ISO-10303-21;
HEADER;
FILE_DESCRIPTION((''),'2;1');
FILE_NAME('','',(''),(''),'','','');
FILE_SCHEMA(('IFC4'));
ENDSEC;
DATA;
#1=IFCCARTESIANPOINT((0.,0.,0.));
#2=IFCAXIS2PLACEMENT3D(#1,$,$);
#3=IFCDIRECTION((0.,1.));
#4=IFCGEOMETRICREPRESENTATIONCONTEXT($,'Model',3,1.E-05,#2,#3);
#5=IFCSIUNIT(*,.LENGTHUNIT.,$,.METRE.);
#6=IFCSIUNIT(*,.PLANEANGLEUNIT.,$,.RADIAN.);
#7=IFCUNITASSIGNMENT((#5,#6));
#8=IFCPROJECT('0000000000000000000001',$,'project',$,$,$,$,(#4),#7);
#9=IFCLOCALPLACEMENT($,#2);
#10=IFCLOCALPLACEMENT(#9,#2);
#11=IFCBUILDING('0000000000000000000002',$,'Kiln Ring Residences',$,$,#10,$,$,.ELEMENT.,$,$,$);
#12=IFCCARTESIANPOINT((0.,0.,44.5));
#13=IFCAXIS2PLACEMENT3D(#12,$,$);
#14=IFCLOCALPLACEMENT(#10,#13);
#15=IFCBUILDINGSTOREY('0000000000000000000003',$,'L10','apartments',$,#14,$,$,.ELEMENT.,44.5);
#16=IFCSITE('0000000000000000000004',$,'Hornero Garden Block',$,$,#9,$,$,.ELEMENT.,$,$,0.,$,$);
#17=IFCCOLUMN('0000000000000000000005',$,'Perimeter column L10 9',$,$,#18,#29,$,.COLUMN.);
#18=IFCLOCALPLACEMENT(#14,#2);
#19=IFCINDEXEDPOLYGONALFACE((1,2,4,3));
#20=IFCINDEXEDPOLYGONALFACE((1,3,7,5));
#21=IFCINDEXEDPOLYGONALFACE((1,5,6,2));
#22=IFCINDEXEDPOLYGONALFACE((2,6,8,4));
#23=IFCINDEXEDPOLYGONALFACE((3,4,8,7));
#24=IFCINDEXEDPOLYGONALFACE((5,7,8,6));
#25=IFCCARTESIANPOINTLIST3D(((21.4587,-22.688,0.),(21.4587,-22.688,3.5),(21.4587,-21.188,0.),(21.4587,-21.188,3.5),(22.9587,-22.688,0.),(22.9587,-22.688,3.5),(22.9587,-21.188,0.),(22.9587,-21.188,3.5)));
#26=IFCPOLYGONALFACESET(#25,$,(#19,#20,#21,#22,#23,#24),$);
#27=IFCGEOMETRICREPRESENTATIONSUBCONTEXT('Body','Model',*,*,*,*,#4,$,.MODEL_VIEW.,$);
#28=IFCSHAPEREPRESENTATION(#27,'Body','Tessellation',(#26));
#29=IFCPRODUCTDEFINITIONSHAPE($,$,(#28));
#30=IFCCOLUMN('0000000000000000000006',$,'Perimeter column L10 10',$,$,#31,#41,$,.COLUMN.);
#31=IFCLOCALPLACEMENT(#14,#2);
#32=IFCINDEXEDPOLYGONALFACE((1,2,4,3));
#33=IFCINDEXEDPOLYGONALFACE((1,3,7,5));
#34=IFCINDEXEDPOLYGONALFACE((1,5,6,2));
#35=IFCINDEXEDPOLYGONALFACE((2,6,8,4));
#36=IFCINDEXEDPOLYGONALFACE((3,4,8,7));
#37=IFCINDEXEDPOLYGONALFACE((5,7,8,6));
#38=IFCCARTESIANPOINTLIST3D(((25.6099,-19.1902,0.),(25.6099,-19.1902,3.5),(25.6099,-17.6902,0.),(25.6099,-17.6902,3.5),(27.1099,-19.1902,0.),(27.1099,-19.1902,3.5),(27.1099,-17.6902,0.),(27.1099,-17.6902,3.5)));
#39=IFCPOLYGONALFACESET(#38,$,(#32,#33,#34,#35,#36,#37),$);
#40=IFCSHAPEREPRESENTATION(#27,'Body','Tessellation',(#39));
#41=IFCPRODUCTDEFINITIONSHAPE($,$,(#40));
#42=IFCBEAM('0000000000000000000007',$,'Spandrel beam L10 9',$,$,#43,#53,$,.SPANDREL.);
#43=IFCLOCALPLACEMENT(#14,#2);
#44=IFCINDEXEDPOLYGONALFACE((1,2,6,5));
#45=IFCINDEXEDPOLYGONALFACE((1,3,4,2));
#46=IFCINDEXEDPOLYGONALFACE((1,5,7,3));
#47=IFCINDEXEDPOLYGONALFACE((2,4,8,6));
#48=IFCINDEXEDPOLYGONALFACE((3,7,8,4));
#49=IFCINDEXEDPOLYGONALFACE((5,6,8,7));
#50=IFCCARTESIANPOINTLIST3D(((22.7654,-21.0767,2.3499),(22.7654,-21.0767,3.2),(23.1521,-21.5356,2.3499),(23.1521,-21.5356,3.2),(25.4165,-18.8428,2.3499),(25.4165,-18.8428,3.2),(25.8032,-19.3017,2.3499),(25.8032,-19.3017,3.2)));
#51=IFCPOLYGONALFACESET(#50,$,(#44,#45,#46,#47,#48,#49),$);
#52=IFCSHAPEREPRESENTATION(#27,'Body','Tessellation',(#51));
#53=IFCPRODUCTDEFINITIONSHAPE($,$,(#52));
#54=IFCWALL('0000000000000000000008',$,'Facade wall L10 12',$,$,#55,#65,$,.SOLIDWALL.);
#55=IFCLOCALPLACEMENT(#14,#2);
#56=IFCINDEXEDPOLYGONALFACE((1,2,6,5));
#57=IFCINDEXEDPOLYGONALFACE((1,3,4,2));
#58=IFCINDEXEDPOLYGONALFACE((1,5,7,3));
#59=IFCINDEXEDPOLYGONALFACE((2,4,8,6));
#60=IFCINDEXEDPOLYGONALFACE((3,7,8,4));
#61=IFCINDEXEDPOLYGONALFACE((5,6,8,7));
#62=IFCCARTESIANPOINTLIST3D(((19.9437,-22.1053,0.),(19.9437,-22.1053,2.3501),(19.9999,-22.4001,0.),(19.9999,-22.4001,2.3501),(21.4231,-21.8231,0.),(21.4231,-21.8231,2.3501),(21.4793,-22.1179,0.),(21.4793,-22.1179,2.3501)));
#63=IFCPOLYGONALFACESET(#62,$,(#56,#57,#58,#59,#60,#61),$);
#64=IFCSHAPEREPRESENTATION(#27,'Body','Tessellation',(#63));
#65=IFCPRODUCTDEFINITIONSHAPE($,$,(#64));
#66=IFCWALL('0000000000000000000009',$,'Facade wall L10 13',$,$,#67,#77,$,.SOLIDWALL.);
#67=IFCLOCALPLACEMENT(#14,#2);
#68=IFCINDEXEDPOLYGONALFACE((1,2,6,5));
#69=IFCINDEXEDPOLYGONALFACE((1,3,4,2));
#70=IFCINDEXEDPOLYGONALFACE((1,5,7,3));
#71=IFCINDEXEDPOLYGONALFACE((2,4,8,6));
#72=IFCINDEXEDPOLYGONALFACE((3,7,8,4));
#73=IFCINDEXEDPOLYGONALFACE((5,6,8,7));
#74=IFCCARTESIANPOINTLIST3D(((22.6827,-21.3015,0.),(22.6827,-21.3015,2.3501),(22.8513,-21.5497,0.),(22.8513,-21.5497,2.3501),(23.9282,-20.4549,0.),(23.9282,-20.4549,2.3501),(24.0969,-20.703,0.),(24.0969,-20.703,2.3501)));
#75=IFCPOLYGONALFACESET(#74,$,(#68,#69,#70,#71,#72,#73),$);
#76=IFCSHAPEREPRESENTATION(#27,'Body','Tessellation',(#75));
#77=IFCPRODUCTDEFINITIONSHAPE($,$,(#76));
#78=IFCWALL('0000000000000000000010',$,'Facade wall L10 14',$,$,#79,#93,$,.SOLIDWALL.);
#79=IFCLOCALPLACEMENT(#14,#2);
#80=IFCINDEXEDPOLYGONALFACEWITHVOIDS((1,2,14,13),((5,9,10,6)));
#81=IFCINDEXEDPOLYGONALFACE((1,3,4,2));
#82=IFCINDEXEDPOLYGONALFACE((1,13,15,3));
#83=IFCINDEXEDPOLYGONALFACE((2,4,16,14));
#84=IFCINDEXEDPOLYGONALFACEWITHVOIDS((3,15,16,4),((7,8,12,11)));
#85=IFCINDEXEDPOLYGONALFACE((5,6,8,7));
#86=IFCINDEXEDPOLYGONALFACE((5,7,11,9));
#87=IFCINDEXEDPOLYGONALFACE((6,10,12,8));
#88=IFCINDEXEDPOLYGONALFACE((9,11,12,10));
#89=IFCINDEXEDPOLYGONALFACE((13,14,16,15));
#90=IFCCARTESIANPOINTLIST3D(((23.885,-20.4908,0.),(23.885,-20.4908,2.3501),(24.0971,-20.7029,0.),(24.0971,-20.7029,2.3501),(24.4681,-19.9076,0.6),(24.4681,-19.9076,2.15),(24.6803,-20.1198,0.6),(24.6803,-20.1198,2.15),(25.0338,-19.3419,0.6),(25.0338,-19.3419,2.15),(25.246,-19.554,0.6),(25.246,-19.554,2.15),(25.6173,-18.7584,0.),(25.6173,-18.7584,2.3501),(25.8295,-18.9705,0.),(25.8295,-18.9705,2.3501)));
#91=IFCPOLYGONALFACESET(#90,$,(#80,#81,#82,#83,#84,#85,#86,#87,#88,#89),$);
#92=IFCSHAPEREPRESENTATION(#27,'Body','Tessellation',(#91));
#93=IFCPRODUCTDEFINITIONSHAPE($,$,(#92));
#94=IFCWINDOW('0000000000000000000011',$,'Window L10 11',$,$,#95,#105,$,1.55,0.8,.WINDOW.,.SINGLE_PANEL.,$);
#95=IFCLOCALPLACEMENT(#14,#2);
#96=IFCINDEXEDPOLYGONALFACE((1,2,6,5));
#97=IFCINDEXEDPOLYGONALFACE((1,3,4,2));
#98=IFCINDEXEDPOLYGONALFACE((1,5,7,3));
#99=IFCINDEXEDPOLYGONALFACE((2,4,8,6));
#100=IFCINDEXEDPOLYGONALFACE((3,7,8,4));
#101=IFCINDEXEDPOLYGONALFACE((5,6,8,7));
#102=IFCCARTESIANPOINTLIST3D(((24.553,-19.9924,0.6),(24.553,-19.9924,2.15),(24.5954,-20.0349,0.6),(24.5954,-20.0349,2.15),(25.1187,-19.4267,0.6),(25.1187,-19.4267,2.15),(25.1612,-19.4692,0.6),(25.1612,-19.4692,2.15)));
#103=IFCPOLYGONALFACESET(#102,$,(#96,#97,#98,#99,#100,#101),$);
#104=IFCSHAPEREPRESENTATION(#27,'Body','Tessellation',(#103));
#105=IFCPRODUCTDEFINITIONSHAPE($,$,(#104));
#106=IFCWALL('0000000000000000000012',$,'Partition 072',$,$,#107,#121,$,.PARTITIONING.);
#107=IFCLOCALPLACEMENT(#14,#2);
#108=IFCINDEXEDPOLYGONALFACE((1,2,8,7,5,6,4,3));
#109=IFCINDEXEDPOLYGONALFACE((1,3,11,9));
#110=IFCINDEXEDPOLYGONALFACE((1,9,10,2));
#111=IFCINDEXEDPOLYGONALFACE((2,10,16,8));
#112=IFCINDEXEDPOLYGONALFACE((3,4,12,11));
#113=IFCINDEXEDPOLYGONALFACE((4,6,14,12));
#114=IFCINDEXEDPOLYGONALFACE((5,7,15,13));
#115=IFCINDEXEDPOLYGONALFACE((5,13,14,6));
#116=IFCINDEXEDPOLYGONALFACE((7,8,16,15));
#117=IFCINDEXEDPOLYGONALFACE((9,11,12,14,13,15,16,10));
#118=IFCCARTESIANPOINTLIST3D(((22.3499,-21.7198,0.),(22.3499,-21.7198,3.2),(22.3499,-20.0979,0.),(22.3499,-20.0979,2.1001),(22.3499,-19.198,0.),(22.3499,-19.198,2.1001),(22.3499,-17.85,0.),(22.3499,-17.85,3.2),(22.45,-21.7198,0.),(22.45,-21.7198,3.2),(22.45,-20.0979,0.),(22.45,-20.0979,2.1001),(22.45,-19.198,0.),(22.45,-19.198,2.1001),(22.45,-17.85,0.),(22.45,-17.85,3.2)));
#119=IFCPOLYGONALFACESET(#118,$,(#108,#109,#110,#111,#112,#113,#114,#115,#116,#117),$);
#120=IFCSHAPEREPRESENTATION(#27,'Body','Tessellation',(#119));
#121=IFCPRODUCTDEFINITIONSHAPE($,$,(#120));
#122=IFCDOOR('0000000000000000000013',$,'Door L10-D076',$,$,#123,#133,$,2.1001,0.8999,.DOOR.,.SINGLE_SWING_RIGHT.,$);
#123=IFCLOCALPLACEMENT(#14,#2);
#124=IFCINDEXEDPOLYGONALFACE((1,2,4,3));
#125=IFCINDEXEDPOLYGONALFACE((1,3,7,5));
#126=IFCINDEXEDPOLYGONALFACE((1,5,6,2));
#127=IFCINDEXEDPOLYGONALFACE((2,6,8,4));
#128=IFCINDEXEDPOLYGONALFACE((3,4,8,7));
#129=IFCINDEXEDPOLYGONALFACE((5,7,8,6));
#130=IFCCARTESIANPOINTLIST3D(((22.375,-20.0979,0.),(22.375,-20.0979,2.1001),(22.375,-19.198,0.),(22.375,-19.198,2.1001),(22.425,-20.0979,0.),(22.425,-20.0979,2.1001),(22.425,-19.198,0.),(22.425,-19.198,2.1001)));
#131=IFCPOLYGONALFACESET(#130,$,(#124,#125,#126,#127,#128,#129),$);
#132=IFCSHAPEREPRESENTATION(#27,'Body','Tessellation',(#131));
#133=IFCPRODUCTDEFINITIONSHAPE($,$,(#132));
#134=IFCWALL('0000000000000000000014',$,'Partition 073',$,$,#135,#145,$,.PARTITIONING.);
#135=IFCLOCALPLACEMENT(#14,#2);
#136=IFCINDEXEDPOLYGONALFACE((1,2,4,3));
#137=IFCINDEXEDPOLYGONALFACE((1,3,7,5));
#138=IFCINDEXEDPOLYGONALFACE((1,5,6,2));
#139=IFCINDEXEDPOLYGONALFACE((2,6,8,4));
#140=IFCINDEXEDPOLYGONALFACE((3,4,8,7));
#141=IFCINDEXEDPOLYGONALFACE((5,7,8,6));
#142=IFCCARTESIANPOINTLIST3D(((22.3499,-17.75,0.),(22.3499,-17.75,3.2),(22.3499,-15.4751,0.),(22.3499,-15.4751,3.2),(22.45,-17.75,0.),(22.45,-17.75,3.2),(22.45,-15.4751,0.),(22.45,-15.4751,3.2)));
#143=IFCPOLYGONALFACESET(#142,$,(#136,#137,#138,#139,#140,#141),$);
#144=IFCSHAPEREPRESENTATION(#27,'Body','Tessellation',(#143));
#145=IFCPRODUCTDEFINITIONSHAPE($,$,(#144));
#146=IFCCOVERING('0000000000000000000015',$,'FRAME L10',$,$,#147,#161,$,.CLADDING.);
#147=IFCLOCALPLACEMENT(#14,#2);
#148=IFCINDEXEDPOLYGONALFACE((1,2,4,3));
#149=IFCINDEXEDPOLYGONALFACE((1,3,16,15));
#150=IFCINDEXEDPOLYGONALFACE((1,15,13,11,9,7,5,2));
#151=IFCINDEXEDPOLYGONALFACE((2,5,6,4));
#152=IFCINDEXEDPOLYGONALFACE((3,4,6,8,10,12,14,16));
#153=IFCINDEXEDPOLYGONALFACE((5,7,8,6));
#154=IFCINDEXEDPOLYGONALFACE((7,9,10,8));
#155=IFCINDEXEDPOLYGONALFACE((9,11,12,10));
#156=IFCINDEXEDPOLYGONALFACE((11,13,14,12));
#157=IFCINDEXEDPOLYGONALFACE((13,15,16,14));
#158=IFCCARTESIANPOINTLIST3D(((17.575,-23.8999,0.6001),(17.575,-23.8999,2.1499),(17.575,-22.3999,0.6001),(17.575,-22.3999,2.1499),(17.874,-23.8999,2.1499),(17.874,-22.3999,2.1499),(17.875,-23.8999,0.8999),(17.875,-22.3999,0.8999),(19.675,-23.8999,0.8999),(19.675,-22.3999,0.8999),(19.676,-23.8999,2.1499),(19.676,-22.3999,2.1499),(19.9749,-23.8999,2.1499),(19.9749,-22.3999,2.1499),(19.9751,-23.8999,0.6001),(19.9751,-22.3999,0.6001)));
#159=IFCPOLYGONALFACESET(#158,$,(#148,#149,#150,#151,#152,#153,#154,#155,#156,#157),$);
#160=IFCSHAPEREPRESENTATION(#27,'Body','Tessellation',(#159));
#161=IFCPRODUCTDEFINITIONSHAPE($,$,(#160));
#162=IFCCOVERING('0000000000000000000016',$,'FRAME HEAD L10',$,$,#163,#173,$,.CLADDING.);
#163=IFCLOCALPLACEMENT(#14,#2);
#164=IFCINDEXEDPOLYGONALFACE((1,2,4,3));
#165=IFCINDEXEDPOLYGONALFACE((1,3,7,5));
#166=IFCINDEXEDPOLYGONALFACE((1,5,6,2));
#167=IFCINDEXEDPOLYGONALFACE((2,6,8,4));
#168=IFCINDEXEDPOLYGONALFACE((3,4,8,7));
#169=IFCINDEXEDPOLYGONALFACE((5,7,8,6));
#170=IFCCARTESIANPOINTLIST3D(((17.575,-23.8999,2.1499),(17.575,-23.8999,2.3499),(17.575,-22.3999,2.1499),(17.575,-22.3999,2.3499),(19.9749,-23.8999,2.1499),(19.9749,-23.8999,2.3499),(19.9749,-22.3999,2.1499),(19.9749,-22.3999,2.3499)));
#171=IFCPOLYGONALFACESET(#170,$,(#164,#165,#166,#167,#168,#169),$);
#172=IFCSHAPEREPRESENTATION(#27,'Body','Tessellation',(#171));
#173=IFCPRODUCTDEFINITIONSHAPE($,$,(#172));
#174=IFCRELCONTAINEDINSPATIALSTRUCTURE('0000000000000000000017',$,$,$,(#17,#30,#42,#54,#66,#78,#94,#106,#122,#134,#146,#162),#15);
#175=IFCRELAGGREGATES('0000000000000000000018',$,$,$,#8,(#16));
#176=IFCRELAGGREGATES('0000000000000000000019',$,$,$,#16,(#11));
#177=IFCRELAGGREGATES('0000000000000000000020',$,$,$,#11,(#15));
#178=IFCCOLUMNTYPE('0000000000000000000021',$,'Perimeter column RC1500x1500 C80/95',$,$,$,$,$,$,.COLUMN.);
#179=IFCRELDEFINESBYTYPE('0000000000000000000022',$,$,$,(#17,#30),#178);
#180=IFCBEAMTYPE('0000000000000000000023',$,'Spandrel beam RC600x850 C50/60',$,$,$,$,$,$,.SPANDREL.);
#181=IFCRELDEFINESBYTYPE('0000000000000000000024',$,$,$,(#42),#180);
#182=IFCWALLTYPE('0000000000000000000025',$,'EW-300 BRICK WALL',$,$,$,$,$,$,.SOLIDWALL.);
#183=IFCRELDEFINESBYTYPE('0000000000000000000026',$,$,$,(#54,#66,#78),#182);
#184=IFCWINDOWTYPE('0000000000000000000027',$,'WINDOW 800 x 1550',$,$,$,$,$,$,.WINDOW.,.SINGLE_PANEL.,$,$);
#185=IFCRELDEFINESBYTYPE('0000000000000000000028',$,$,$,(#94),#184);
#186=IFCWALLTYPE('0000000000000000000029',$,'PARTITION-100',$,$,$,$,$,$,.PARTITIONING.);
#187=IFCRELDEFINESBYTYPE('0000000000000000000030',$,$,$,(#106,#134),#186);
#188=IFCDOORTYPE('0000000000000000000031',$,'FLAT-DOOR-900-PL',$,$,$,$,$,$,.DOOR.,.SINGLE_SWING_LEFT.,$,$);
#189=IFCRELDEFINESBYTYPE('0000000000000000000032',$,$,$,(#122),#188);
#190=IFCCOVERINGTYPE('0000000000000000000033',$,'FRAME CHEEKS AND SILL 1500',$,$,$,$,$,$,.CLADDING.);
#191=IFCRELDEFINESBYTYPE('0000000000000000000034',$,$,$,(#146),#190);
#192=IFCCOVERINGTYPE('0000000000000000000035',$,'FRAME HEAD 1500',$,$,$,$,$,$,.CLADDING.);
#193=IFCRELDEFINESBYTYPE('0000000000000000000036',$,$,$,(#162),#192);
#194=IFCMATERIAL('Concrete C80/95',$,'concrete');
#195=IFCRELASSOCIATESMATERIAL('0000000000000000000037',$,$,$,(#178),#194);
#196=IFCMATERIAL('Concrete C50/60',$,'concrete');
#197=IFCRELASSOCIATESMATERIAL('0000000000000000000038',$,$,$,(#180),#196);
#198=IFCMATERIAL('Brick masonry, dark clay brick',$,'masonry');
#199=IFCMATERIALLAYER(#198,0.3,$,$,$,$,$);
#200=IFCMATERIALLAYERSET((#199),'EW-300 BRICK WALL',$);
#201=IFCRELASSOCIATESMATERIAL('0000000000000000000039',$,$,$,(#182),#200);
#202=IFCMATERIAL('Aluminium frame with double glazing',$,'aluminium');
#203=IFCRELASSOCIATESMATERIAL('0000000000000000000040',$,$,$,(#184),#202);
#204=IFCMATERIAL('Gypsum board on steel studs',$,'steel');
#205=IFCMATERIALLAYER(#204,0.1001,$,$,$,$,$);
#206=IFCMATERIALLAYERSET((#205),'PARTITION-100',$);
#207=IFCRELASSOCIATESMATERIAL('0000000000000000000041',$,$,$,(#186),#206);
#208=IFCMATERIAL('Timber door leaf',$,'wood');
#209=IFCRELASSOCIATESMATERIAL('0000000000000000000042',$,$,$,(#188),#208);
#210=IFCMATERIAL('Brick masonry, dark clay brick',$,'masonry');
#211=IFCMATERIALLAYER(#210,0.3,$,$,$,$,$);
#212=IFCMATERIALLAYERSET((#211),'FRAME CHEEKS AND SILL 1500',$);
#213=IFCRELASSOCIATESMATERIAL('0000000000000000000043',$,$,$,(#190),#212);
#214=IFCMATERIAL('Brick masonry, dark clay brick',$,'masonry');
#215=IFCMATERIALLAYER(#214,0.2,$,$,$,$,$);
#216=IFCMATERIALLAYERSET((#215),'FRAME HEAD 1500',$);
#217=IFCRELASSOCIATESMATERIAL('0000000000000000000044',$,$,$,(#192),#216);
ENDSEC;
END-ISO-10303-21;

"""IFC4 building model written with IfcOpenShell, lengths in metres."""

from ifc_helpers import new_model, si_unit, direction, frame, frame_2d, origin, origin_2d, place, context, subcontext, project, spatial, polyline, rectangle, outline, extrude, material, layer, layer_set, material_profile, profile_set, type_object, element, fill, save


model = new_model("IFC4")

# Units and contexts
model_context = context("Model", 3, precision=1e-05, world=origin(), true_north=direction((0.0, 1.0)))
body_context = subcontext(model_context, "Body", "Model", "MODEL_VIEW")
ifc_project = project(units=[si_unit("LENGTHUNIT", "METRE"), si_unit("PLANEANGLEUNIT", "RADIAN")], contexts=[model_context])

# Site, building, storey
site_placement = place(None, origin())
site = spatial("IfcSite", under=ifc_project, at=site_placement, Name="Hornero Garden Block", CompositionType="ELEMENT", RefElevation=0.0)
building_placement = place(site_placement, origin())
building = spatial("IfcBuilding", under=site, at=building_placement, Name="Kiln Ring Residences", CompositionType="ELEMENT")
storey_placement = place(building_placement, frame((0.0, 0.0, 44.5)))
storey = spatial("IfcBuildingStorey", under=building, at=storey_placement, Name="L10", Description="apartments", CompositionType="ELEMENT", Elevation=44.5)

# Columns
ifc_material_1 = material(Name="Concrete C80/95", Category="concrete")
ifc_material_profile_1 = material_profile(ifc_material_1, rectangle(XDim=1.5, YDim=1.5, at=origin_2d()), Name="RC1500x1500")
ifc_profile_set_1 = profile_set([ifc_material_profile_1], Name="Concrete C80/95")
column_type = type_object("IfcColumnType", Name="Perimeter column RC1500x1500 C80/95", PredefinedType="COLUMN", material=ifc_profile_set_1)
for number, where, z_axis, x_axis, name in (
    (1, (22.2087, -21.938, 0.0), (0.0, 0.0, 1.0), (1.0, 0.0, 0.0), "Perimeter column L10 9"),
    (2, (26.3599, -18.4402, 0.0), (0.0, 0.0, 1.0), (1.0, 0.0, 0.0), "Perimeter column L10 10"),
):
    element("IfcColumn", number, at=place(storey_placement, frame(where, z_axis=z_axis, x_axis=x_axis)), inside=storey, type_object=column_type, Name=name, PredefinedType="COLUMN", context=body_context, shape_type="SweptSolid", body=[
        extrude(rectangle(XDim=1.5, YDim=1.5, at=origin_2d()), origin(), (0.0, 0.0, 1.0), 3.5),
    ])

# Beam
ifc_material_2 = material(Name="Concrete C50/60", Category="concrete")
ifc_material_profile_2 = material_profile(ifc_material_2, rectangle(XDim=0.6001, YDim=0.8501, at=origin_2d()), Name="RC600x850")
ifc_profile_set_2 = profile_set([ifc_material_profile_2], Name="Concrete C50/60")
beam_type = type_object("IfcBeamType", Name="Spandrel beam RC600x850 C50/60", PredefinedType="SPANDREL", material=ifc_profile_set_2)
beam_placement = place(storey_placement, frame((22.9587, -21.3062, 2.7749), z_axis=(0.764718, 0.644366, 0.0), x_axis=(-0.644366, 0.764718, 0.0)))
element("IfcBeam", 3, at=beam_placement, inside=storey, type_object=beam_type, Name="Spandrel beam L10 9", PredefinedType="SPANDREL", context=body_context, shape_type="SweptSolid", body=[
    extrude(rectangle(XDim=0.6001, YDim=0.8501, at=origin_2d()), origin(), (0.0, 0.0, 1.0), 3.4668),
])

# Walls
ifc_material_3 = material(Name="Brick masonry, dark clay brick", Category="masonry")
ifc_layer_1 = layer(ifc_material_3, 0.3)
ifc_layer_set_1 = layer_set([ifc_layer_1], Name="EW-300 BRICK WALL")
wall_type_1 = type_object("IfcWallType", Name="EW-300 BRICK WALL", PredefinedType="SOLIDWALL", material=ifc_layer_set_1)
for number, where, z_axis, x_axis, name in (
    (4, (19.9719, -22.2527, 0.0), (0.0, 0.0, 1.0), (0.982287, 0.18738, 0.0), "Facade wall L10 12"),
    (5, (22.7671, -21.4255, 0.0), (0.0, 0.0, 1.0), (0.827029, 0.562159, 0.0), "Facade wall L10 13"),
):
    element("IfcWall", number, at=place(storey_placement, frame(where, z_axis=z_axis, x_axis=x_axis)), inside=storey, type_object=wall_type_1, Name=name, PredefinedType="SOLIDWALL", context=body_context, shape_type="SweptSolid", body=[
        extrude(rectangle(XDim=1.5061, YDim=0.3, at=frame_2d((0.7529, 0.0))), origin(), (0.0, 0.0, 1.0), 2.3501),
    ])

# Wall, opening, window
wall_1_placement = place(storey_placement, frame((23.991, -20.5969, 0.0), z_axis=(0.0, 0.0, 1.0), x_axis=(0.707107, 0.707107, 0.0)))
wall_1 = element("IfcWall", 6, at=wall_1_placement, inside=storey, type_object=wall_type_1, Name="Facade wall L10 14", PredefinedType="SOLIDWALL", context=body_context, shape_type="SweptSolid", body=[
    extrude(rectangle(XDim=2.45, YDim=0.3, at=frame_2d((1.2251, 0.0))), origin(), (0.0, 0.0, 1.0), 2.3501),
])
opening_1_placement = place(wall_1_placement, frame((0.825, 0.0, 0.6001)))
opening_1 = element("IfcOpeningElement", 7, at=opening_1_placement, cuts=wall_1, PredefinedType="OPENING", context=body_context, shape_type="SweptSolid", body=[
    extrude(rectangle(XDim=0.8, YDim=1.55, at=frame_2d((0.3999, 0.7749))), frame((0.0, 0.1599, 0.0), z_axis=(0.0, -1.0, 0.0), x_axis=(1.0, 0.0, 0.0)), (0.0, 0.0, 1.0), 0.3201),
])
ifc_material_4 = material(Name="Aluminium frame with double glazing", Category="aluminium")
window_type = type_object("IfcWindowType", Name="WINDOW 800 x 1550", PartitioningType="SINGLE_PANEL", PredefinedType="WINDOW", material=ifc_material_4)
window_placement = place(opening_1_placement, origin())
window = element("IfcWindow", 8, at=window_placement, inside=storey, type_object=window_type, Name="Window L10 11", OverallHeight=1.55, OverallWidth=0.8, PartitioningType="SINGLE_PANEL", PredefinedType="WINDOW", context=body_context, shape_type="SweptSolid", body=[
    extrude(rectangle(XDim=0.8, YDim=1.55, at=frame_2d((0.3999, 0.7749))), frame((0.0, 0.03, 0.0), z_axis=(0.0, -1.0, 0.0), x_axis=(1.0, 0.0, 0.0)), (0.0, 0.0, 1.0), 0.0601),
])
fill(opening_1, window)

# Wall, opening, door
ifc_material_5 = material(Name="Gypsum board on steel studs", Category="steel")
ifc_layer_2 = layer(ifc_material_5, 0.1001)
ifc_layer_set_2 = layer_set([ifc_layer_2], Name="PARTITION-100")
wall_type_2 = type_object("IfcWallType", Name="PARTITION-100", PredefinedType="PARTITIONING", material=ifc_layer_set_2)
wall_2_placement = place(storey_placement, frame((22.3999, -21.72, 0.0), z_axis=(0.0, 0.0, 1.0), x_axis=(0.0, 1.0, 0.0)))
wall_2 = element("IfcWall", 9, at=wall_2_placement, inside=storey, type_object=wall_type_2, Name="Partition 072", PredefinedType="PARTITIONING", context=body_context, shape_type="SweptSolid", body=[
    extrude(rectangle(XDim=3.8699, YDim=0.1001, at=frame_2d((1.9351, 0.0))), origin(), (0.0, 0.0, 1.0), 3.2),
])
opening_2_placement = place(wall_2_placement, frame((1.6221, 0.0, 0.0)))
opening_2 = element("IfcOpeningElement", 10, at=opening_2_placement, cuts=wall_2, PredefinedType="OPENING", context=body_context, shape_type="SweptSolid", body=[
    extrude(rectangle(XDim=0.8999, YDim=2.1001, at=frame_2d((0.45, 1.05))), frame((0.0, 0.0601, 0.0), z_axis=(0.0, -1.0, 0.0), x_axis=(1.0, 0.0, 0.0)), (0.0, 0.0, 1.0), 0.1201),
])
ifc_material_6 = material(Name="Timber door leaf", Category="wood")
door_type = type_object("IfcDoorType", Name="FLAT-DOOR-900-PL", OperationType="SINGLE_SWING_LEFT", PredefinedType="DOOR", material=ifc_material_6)
door_placement = place(opening_2_placement, origin())
door = element("IfcDoor", 11, at=door_placement, inside=storey, type_object=door_type, Name="Door L10-D076", OperationType="SINGLE_SWING_RIGHT", OverallHeight=2.1001, OverallWidth=0.8999, PredefinedType="DOOR", context=body_context, shape_type="SweptSolid", body=[
    extrude(rectangle(XDim=0.8999, YDim=2.1001, at=frame_2d((0.45, 1.05))), frame((0.0, 0.0249, 0.0), z_axis=(0.0, -1.0, 0.0), x_axis=(1.0, 0.0, 0.0)), (0.0, 0.0, 1.0), 0.05),
])
fill(opening_2, door)

# Wall
wall_3_placement = place(storey_placement, frame((22.3999, -17.75, 0.0), z_axis=(0.0, 0.0, 1.0), x_axis=(0.0, 1.0, 0.0)))
element("IfcWall", 12, at=wall_3_placement, inside=storey, type_object=wall_type_2, Name="Partition 073", PredefinedType="PARTITIONING", context=body_context, shape_type="SweptSolid", body=[
    extrude(rectangle(XDim=2.2749, YDim=0.1001, at=frame_2d((1.1375, 0.0))), origin(), (0.0, 0.0, 1.0), 3.2),
])

# Coverings
ifc_material_7 = material(Name="Brick masonry, dark clay brick", Category="masonry")
ifc_layer_3 = layer(ifc_material_7, 0.3)
ifc_layer_set_3 = layer_set([ifc_layer_3], Name="FRAME CHEEKS AND SILL 1500")
covering_type_1 = type_object("IfcCoveringType", Name="FRAME CHEEKS AND SILL 1500", PredefinedType="CLADDING", material=ifc_layer_set_3)
covering_1_placement = place(storey_placement, frame((17.575, -23.1499, 0.6001), z_axis=(0.0, 0.0, 1.0), x_axis=(1.0, 0.0, 0.0)))
element("IfcCovering", 13, at=covering_1_placement, inside=storey, type_object=covering_type_1, Name="FRAME L10", PredefinedType="CLADDING", context=body_context, shape_type="SweptSolid", body=[
    extrude(outline(polyline([(0.0, 0.0), (2.4001, 0.0), (2.3999, 1.5498), (2.1011, 1.5498), (2.1001, 0.2998), (0.3, 0.2998), (0.2991, 1.5498), (0.0, 1.5498), (0.0, 0.0)])), frame((0.0, 0.75, 0.0), z_axis=(0.0, -1.0, 0.0), x_axis=(1.0, 0.0, 0.0)), (0.0, 0.0, 1.0), 1.5),
])
ifc_material_8 = material(Name="Brick masonry, dark clay brick", Category="masonry")
ifc_layer_4 = layer(ifc_material_8, 0.2)
ifc_layer_set_4 = layer_set([ifc_layer_4], Name="FRAME HEAD 1500")
covering_type_2 = type_object("IfcCoveringType", Name="FRAME HEAD 1500", PredefinedType="CLADDING", material=ifc_layer_set_4)
covering_2_placement = place(storey_placement, frame((18.7749, -23.1499, 2.1499), z_axis=(0.0, 0.0, 1.0), x_axis=(1.0, 0.0, 0.0)))
element("IfcCovering", 14, at=covering_2_placement, inside=storey, type_object=covering_type_2, Name="FRAME HEAD L10", PredefinedType="CLADDING", context=body_context, shape_type="SweptSolid", body=[
    extrude(rectangle(XDim=2.3999, YDim=1.5, at=origin_2d()), origin(), (0.0, 0.0, 1.0), 0.2),
])

save(model, "model.ifc")
